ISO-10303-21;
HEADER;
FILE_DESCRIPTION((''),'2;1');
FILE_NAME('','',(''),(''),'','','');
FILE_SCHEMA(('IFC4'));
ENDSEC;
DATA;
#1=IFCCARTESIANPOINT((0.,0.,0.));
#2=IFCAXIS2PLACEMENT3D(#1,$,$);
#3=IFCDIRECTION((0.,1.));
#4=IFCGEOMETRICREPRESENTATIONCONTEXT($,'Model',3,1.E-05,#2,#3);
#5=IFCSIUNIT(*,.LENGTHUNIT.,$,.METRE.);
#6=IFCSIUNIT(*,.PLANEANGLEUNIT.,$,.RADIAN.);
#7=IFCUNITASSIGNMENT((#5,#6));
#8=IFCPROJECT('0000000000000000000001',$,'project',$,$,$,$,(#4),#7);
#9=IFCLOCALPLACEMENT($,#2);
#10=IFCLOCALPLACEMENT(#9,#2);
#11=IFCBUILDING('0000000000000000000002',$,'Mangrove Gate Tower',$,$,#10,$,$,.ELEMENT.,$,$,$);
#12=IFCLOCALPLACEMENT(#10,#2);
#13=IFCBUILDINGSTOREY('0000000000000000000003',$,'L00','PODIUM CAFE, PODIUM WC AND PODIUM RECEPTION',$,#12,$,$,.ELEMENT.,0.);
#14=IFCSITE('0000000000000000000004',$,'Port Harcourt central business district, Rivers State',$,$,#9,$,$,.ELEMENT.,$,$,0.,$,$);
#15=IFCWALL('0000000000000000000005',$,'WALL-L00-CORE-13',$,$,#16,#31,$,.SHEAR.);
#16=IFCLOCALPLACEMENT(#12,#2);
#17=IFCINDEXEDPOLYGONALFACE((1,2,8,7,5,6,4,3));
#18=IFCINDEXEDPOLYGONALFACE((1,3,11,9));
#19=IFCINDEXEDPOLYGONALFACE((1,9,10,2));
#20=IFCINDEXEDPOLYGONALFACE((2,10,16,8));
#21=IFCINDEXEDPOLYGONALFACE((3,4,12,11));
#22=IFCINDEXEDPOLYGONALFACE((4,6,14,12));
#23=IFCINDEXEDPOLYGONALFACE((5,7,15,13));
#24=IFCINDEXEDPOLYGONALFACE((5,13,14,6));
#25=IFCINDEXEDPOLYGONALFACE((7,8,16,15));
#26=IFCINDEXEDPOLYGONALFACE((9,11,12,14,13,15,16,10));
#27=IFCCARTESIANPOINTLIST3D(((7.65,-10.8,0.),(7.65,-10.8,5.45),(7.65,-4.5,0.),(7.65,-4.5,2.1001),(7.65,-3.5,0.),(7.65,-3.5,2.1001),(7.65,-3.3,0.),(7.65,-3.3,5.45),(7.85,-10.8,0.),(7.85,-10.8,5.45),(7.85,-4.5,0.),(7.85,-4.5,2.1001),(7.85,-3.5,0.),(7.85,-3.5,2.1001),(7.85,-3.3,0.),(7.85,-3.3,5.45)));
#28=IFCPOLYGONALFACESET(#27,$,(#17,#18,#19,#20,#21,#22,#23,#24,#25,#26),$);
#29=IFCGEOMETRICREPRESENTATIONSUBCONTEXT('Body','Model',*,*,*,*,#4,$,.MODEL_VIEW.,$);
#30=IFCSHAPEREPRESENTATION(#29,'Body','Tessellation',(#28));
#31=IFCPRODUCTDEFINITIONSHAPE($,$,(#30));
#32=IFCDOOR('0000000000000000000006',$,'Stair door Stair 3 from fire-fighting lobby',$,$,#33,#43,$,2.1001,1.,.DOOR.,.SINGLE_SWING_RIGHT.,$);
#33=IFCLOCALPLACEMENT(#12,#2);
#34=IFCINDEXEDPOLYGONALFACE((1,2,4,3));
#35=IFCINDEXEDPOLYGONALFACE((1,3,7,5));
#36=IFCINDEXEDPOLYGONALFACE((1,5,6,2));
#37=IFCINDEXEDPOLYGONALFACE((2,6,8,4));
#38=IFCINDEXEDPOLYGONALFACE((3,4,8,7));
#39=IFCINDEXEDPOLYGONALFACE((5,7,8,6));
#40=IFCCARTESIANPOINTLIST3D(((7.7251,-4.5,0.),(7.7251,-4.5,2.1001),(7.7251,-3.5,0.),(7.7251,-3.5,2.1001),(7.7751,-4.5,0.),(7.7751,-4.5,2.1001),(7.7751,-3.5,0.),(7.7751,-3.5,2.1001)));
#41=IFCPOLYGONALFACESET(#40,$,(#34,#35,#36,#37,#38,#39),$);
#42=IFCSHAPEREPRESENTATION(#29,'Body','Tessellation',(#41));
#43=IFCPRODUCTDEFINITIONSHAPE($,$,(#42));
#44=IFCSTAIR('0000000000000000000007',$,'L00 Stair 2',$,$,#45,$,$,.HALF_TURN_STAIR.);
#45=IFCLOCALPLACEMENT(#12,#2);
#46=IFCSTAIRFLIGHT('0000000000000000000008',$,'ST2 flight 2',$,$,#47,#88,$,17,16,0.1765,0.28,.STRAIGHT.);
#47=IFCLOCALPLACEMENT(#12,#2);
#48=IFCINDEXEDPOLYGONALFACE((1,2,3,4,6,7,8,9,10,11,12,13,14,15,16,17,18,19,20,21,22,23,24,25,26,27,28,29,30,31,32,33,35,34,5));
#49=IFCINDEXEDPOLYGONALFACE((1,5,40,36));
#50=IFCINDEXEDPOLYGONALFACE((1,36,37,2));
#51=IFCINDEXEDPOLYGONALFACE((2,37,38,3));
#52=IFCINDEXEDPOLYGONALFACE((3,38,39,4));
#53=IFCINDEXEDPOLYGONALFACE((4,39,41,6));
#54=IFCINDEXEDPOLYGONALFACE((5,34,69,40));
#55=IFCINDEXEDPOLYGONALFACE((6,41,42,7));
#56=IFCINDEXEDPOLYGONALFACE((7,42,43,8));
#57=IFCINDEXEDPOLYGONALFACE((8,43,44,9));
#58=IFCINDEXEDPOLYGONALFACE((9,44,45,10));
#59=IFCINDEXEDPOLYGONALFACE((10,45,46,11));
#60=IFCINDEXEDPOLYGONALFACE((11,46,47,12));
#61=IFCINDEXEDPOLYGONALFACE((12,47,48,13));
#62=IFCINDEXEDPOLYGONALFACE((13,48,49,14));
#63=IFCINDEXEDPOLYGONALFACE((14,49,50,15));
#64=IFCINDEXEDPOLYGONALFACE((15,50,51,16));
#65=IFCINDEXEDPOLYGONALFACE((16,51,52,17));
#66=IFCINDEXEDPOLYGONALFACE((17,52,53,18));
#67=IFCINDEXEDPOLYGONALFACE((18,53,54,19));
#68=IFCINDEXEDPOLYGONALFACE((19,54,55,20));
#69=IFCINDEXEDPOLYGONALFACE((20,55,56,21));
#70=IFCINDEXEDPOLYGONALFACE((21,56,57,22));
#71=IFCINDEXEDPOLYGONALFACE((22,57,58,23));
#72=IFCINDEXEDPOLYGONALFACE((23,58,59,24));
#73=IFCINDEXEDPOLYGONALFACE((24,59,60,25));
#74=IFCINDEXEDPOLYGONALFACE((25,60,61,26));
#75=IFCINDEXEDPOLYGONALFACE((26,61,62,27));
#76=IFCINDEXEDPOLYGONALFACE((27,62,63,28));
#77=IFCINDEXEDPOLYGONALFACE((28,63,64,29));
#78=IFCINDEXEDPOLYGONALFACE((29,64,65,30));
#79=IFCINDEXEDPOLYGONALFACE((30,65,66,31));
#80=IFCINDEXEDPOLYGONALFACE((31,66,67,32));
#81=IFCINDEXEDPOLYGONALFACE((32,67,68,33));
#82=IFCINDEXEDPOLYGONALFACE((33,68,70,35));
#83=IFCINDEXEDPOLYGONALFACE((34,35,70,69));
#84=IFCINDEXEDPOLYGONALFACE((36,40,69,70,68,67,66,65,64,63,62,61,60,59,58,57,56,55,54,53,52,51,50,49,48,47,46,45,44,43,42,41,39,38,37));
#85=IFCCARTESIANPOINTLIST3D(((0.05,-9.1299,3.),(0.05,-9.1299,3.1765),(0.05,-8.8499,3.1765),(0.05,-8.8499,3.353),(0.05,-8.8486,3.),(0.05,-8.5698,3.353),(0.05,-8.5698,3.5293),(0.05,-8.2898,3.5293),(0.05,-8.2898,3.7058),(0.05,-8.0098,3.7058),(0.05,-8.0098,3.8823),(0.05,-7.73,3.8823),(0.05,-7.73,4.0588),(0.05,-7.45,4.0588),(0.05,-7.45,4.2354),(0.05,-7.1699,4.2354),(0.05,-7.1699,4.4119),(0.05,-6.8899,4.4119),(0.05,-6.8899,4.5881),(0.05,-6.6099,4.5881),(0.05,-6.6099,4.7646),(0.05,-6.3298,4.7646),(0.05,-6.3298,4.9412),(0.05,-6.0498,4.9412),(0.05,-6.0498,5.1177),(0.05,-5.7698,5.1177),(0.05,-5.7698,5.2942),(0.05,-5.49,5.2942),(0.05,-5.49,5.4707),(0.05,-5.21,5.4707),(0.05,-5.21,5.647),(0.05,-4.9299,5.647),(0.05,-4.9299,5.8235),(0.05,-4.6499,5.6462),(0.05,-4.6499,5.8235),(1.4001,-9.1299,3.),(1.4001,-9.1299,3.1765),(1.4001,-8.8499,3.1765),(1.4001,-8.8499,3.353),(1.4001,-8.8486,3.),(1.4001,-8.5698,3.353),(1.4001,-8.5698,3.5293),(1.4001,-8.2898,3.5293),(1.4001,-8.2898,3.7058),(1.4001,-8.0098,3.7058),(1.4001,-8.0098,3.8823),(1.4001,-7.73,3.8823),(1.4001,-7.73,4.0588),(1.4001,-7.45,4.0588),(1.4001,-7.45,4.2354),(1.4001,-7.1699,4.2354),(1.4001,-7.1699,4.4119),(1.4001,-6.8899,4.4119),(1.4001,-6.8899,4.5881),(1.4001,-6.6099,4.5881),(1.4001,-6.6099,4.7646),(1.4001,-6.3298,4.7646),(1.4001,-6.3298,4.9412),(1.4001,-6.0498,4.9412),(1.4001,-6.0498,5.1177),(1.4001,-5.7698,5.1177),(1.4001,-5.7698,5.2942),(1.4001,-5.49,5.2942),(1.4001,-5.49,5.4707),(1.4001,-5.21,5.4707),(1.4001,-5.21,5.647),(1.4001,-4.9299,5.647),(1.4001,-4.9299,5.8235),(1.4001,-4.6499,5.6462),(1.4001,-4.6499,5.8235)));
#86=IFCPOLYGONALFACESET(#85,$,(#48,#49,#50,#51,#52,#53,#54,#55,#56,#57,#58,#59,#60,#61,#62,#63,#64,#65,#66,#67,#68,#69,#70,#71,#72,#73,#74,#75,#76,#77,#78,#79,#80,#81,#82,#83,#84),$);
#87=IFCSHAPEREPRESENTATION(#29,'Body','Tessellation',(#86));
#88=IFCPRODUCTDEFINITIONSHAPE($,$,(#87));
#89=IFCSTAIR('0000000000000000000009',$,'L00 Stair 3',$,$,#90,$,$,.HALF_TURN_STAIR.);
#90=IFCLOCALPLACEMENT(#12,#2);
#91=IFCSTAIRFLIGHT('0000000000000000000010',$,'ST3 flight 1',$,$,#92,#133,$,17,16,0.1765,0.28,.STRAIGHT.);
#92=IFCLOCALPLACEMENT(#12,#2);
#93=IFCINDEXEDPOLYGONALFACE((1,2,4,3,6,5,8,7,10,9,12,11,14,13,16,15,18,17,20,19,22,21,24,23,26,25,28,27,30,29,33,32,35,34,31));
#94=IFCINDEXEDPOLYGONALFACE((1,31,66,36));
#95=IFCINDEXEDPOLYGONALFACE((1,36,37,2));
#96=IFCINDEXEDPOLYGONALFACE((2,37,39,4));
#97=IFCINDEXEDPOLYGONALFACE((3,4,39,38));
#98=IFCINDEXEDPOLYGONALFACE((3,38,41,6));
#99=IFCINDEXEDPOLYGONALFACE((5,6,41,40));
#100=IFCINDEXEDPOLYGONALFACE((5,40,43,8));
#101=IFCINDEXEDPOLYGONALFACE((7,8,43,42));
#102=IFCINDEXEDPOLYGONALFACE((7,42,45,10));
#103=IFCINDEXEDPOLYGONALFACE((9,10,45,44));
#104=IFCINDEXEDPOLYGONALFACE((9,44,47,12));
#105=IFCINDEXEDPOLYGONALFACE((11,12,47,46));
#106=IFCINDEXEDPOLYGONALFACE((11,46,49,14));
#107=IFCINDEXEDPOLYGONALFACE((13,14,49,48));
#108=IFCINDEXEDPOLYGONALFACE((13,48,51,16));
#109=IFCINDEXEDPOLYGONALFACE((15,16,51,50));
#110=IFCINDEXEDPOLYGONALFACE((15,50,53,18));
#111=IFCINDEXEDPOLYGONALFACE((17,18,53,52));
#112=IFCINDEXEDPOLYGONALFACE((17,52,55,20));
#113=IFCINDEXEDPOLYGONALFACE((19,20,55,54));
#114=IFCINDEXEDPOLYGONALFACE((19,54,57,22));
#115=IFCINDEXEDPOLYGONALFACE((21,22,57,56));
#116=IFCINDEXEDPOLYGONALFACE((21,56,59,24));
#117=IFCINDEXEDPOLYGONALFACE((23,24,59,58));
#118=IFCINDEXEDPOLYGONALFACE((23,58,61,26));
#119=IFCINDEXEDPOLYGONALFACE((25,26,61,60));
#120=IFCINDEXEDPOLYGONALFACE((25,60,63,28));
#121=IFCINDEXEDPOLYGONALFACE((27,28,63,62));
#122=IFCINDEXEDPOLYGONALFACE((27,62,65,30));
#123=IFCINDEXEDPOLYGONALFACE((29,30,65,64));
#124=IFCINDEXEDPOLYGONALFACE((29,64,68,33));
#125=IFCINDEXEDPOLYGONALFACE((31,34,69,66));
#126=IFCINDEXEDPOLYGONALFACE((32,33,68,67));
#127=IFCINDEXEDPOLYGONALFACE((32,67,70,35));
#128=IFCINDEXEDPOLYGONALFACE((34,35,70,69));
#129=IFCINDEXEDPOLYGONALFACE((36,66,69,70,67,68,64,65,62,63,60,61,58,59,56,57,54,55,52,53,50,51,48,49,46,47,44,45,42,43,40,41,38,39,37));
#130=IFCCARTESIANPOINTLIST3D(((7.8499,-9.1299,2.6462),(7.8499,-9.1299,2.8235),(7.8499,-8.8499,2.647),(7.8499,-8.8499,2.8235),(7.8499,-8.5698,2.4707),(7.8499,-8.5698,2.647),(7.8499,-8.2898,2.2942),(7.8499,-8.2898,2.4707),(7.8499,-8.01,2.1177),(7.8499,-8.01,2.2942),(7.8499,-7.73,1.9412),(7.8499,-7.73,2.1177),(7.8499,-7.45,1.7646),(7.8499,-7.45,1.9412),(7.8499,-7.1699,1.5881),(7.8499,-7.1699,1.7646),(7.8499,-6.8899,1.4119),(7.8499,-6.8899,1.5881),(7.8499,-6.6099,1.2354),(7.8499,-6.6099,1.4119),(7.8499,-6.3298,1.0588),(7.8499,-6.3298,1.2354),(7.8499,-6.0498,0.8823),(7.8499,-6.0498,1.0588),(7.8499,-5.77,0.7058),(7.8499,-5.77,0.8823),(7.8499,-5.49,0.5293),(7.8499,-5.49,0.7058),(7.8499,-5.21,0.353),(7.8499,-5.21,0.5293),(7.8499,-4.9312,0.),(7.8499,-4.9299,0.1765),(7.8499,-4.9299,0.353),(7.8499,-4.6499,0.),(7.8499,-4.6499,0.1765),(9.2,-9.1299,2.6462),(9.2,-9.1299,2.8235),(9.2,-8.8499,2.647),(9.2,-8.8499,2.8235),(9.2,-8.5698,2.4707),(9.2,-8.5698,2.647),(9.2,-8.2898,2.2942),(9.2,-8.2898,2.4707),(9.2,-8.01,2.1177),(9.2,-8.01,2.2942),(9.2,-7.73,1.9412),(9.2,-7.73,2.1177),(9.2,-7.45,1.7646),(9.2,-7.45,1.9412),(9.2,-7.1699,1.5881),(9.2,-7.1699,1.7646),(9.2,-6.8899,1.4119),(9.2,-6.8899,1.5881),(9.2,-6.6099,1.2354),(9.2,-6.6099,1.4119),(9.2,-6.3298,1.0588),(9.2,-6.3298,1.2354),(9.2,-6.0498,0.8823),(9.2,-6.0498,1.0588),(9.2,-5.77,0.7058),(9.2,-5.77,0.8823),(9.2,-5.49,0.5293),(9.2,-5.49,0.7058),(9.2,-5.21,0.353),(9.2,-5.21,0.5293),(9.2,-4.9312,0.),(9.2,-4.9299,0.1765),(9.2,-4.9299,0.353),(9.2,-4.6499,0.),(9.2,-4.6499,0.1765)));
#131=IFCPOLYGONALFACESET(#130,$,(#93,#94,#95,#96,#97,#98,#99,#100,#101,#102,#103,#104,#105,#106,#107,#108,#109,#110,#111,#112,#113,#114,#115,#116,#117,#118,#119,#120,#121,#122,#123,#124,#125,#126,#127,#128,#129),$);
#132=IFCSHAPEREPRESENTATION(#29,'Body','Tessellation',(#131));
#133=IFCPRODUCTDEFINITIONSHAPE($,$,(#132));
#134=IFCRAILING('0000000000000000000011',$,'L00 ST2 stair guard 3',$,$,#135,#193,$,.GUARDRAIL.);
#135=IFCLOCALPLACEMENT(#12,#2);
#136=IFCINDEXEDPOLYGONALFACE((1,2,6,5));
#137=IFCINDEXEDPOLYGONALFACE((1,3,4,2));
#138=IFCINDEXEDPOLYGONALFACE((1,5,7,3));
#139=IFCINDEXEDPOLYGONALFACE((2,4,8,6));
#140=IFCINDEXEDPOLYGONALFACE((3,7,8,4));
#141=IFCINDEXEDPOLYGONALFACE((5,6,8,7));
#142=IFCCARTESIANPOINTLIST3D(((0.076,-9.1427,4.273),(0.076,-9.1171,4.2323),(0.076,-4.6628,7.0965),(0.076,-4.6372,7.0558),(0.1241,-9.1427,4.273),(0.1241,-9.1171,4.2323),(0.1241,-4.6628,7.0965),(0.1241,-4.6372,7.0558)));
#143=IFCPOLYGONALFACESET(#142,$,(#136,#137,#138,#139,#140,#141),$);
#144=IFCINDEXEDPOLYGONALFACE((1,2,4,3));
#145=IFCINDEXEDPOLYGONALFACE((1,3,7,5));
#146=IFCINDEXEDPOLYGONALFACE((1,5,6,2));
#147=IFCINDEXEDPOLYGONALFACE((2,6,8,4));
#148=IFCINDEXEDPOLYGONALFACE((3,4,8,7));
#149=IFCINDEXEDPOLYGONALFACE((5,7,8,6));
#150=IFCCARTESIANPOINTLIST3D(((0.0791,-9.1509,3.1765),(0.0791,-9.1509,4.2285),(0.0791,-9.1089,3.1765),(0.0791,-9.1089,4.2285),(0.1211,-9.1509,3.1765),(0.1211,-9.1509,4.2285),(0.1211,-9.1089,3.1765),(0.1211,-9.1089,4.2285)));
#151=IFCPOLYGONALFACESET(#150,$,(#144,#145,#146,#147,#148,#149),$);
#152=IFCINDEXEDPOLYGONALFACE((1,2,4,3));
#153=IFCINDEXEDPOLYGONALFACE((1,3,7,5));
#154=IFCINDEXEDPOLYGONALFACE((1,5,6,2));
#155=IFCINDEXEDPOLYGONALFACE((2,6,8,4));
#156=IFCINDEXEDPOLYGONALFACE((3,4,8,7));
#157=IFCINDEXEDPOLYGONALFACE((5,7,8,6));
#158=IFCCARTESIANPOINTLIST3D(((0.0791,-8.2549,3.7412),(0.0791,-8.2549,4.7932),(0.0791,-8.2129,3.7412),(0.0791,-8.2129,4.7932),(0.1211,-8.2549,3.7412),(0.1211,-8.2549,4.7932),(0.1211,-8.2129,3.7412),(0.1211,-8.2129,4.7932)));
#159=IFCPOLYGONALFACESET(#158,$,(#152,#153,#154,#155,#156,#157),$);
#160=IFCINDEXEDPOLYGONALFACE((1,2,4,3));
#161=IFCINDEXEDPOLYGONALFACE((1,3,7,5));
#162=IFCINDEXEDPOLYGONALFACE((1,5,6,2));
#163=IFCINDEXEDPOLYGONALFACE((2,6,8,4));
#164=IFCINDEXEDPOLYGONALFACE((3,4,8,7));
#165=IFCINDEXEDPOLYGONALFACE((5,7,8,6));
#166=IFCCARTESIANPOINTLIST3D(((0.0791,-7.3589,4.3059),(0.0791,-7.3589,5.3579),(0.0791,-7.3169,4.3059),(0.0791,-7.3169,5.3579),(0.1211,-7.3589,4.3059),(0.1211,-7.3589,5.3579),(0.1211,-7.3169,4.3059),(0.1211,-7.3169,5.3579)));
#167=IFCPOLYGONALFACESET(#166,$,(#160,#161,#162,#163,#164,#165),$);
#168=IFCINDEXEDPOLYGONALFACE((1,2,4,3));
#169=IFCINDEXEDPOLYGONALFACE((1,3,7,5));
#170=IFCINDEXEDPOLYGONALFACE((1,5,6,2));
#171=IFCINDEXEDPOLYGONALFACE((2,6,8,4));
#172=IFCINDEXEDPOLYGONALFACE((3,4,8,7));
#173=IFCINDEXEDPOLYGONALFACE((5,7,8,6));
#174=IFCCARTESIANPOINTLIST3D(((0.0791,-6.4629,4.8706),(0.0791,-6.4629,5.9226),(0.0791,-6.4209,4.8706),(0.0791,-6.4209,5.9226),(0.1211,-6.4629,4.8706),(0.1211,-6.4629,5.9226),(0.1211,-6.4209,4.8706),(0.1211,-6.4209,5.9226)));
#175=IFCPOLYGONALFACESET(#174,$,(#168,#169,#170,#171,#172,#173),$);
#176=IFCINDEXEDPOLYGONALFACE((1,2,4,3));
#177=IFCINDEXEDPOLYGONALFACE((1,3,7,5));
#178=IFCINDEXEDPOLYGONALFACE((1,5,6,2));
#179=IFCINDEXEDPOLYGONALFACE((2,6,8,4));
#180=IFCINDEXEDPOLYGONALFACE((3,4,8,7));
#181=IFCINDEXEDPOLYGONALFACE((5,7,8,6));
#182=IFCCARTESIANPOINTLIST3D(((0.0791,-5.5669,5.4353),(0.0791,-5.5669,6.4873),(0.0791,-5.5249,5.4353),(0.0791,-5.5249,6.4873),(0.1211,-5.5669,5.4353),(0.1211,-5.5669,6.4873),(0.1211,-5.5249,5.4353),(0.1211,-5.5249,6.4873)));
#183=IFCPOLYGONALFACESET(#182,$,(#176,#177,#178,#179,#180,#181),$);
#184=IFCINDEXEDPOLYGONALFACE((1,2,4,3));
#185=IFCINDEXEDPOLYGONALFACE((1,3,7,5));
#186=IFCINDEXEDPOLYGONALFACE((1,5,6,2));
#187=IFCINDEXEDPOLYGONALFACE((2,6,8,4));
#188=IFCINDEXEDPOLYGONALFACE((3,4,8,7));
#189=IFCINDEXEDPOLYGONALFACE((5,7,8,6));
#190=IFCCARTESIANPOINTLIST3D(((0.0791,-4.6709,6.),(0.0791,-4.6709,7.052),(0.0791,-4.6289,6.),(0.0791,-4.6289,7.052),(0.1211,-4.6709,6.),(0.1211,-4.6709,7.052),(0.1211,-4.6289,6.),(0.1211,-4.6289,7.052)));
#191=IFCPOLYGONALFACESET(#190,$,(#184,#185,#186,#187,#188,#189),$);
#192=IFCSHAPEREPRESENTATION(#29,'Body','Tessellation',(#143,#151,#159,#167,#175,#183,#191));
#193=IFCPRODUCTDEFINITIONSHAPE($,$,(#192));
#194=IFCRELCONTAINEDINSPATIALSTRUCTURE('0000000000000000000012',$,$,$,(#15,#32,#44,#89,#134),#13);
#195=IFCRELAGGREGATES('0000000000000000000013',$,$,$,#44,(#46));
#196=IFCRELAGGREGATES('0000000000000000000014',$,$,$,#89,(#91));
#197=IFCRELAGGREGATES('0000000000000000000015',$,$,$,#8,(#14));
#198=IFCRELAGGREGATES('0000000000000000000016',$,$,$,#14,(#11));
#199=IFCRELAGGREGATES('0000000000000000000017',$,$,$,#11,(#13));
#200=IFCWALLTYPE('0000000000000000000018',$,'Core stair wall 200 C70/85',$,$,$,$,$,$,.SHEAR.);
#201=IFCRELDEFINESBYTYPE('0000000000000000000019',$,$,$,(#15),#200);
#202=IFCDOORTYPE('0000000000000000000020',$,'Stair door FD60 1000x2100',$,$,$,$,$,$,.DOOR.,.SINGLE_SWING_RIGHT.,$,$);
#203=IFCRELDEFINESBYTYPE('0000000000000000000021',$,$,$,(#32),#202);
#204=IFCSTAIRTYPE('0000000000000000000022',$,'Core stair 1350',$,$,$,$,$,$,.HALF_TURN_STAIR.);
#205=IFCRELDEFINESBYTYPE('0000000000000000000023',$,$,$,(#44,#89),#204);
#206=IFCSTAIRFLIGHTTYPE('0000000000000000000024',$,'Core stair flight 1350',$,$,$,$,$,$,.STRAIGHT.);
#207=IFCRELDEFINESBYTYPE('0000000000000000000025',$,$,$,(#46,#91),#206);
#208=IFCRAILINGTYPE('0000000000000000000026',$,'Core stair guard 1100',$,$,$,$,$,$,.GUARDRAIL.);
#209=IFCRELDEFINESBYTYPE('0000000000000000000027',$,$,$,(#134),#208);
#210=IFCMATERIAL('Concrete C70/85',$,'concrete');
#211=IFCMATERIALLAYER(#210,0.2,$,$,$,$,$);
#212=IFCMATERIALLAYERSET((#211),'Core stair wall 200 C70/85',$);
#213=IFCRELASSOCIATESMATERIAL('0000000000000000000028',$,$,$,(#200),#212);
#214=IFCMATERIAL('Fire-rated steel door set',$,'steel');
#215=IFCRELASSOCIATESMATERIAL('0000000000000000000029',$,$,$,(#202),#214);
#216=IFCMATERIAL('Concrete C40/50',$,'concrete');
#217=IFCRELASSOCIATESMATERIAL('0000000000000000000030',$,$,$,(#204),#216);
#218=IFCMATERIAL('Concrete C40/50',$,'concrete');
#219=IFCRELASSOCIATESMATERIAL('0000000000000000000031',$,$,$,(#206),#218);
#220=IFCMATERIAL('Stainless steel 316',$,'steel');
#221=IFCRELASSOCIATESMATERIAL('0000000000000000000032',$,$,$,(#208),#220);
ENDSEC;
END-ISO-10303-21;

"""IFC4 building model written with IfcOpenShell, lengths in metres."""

from ifc_helpers import new_model, si_unit, direction, frame, frame_2d, origin, origin_2d, place, context, subcontext, project, spatial, polyline, rectangle, outline, extrude, material, layer, layer_set, type_object, element, fill, aggregate, save


model = new_model("IFC4")

# Units and contexts
model_context = context("Model", 3, precision=1e-05, world=origin(), true_north=direction((0.0, 1.0)))
body_context = subcontext(model_context, "Body", "Model", "MODEL_VIEW")
ifc_project = project(units=[si_unit("LENGTHUNIT", "METRE"), si_unit("PLANEANGLEUNIT", "RADIAN")], contexts=[model_context])

# Site, building, storey
site_placement = place(None, origin())
site = spatial("IfcSite", under=ifc_project, at=site_placement, Name="Port Harcourt central business district, Rivers State", CompositionType="ELEMENT", RefElevation=0.0)
building_placement = place(site_placement, origin())
building = spatial("IfcBuilding", under=site, at=building_placement, Name="Mangrove Gate Tower", CompositionType="ELEMENT")
storey_placement = place(building_placement, origin())
storey = spatial("IfcBuildingStorey", under=building, at=storey_placement, Name="L00", Description="PODIUM CAFE, PODIUM WC AND PODIUM RECEPTION", CompositionType="ELEMENT", Elevation=0.0)

# Wall, opening, door
ifc_material_1 = material(Name="Concrete C70/85", Category="concrete")
ifc_layer_1 = layer(ifc_material_1, 0.2)
ifc_layer_set_1 = layer_set([ifc_layer_1], Name="Core stair wall 200 C70/85")
wall_type_1 = type_object("IfcWallType", Name="Core stair wall 200 C70/85", PredefinedType="SHEAR", material=ifc_layer_set_1)
ifc_material_2 = material(Name="Fire-rated steel door set", Category="steel")
door_type_1 = type_object("IfcDoorType", Name="Stair door FD60 1000x2100", OperationType="SINGLE_SWING_RIGHT", PredefinedType="DOOR", material=ifc_material_2)
wall_1_placement = place(storey_placement, frame((7.75, -10.8, 0.0), z_axis=(0.0, 0.0, 1.0), x_axis=(0.0, 1.0, 0.0)))
wall_1 = element("IfcWall", 1, at=wall_1_placement, inside=storey, type_object=wall_type_1, Name="WALL-L00-CORE-13", PredefinedType="SHEAR", context=body_context, shape_type="SweptSolid", body=[
    extrude(rectangle(XDim=7.5, YDim=0.2, at=frame_2d((3.75, 0.0))), origin(), (0.0, 0.0, 1.0), 5.45),
])
opening_1_placement = place(wall_1_placement, frame((6.3, 0.0, 0.0)))
opening_1 = element("IfcOpeningElement", 2, at=opening_1_placement, cuts=wall_1, PredefinedType="OPENING", context=body_context, shape_type="SweptSolid", body=[
    extrude(rectangle(XDim=1.0, YDim=2.1001, at=frame_2d((0.5, 1.05))), frame((0.0, 0.1099, 0.0), z_axis=(0.0, -1.0, 0.0), x_axis=(1.0, 0.0, 0.0)), (0.0, 0.0, 1.0), 0.22),
])
door_1_placement = place(opening_1_placement, origin())
door_1 = element("IfcDoor", 3, at=door_1_placement, inside=storey, type_object=door_type_1, Name="Stair door Stair 3 from fire-fighting lobby", OperationType="SINGLE_SWING_RIGHT", OverallHeight=2.1001, OverallWidth=1.0, PredefinedType="DOOR", context=body_context, shape_type="SweptSolid", body=[
    extrude(rectangle(XDim=1.0, YDim=2.1001, at=frame_2d((0.5, 1.05))), frame((0.0, 0.0249, 0.0), z_axis=(0.0, -1.0, 0.0), x_axis=(1.0, 0.0, 0.0)), (0.0, 0.0, 1.0), 0.05),
])
fill(opening_1, door_1)

# Stairs, stair flights
ifc_material_3 = material(Name="Concrete C40/50", Category="concrete")
stair_type = type_object("IfcStairType", Name="Core stair 1350", PredefinedType="HALF_TURN_STAIR", material=ifc_material_3)
stair_1_placement = place(storey_placement, origin())
stair_1 = element("IfcStair", 4, at=stair_1_placement, inside=storey, type_object=stair_type, Name="L00 Stair 2", PredefinedType="HALF_TURN_STAIR")
ifc_material_4 = material(Name="Concrete C40/50", Category="concrete")
stair_flight_type = type_object("IfcStairFlightType", Name="Core stair flight 1350", PredefinedType="STRAIGHT", material=ifc_material_4)
stair_flight_1_placement = place(storey_placement, frame((0.7251, -9.1299, 3.0), z_axis=(0.0, 0.0, 1.0), x_axis=(0.0, 1.0, 0.0)))
stair_flight_1 = element("IfcStairFlight", 5, at=stair_flight_1_placement, type_object=stair_flight_type, Name="ST2 flight 2", NumberOfRisers=17, NumberOfTreads=16, PredefinedType="STRAIGHT", RiserHeight=0.1765, TreadLength=0.28, context=body_context, shape_type="SweptSolid", body=[
    extrude(outline(polyline([(0.0, 0.0), (0.0, 0.1765), (0.28, 0.1765), (0.28, 0.353), (0.5601, 0.353), (0.5601, 0.5293), (0.8401, 0.5293), (0.8401, 0.7058), (1.1201, 0.7058), (1.1201, 0.8823), (1.3999, 0.8823), (1.3999, 1.0588), (1.6799, 1.0588), (1.6799, 1.2354), (1.96, 1.2354), (1.96, 1.4119), (2.24, 1.4119), (2.24, 1.5881), (2.52, 1.5881), (2.52, 1.7646), (2.8, 1.7646), (2.8, 1.9412), (3.0801, 1.9412), (3.0801, 2.1177), (3.3601, 2.1177), (3.3601, 2.2942), (3.6399, 2.2942), (3.6399, 2.4707), (3.9199, 2.4707), (3.9199, 2.647), (4.2, 2.647), (4.2, 2.8235), (4.48, 2.8235), (4.48, 3.0), (4.48, 2.6462), (0.2812, 0.0), (0.0, 0.0)])), frame((0.0, 0.675, 0.0), z_axis=(0.0, -1.0, 0.0), x_axis=(1.0, 0.0, 0.0)), (0.0, 0.0, 1.0), 1.3501),
])
aggregate(stair_1, [stair_flight_1])
stair_2_placement = place(storey_placement, origin())
stair_2 = element("IfcStair", 6, at=stair_2_placement, inside=storey, type_object=stair_type, Name="L00 Stair 3", PredefinedType="HALF_TURN_STAIR")
stair_flight_2_placement = place(storey_placement, frame((8.5249, -4.6499, 0.0), z_axis=(0.0, 0.0, 1.0), x_axis=(0.0, -1.0, 0.0)))
stair_flight_2 = element("IfcStairFlight", 7, at=stair_flight_2_placement, type_object=stair_flight_type, Name="ST3 flight 1", NumberOfRisers=17, NumberOfTreads=16, PredefinedType="STRAIGHT", RiserHeight=0.1765, TreadLength=0.28, context=body_context, shape_type="SweptSolid", body=[
    extrude(outline(polyline([(0.0, 0.0), (0.0, 0.1765), (0.28, 0.1765), (0.28, 0.353), (0.5601, 0.353), (0.5601, 0.5293), (0.8401, 0.5293), (0.8401, 0.7058), (1.1201, 0.7058), (1.1201, 0.8823), (1.3999, 0.8823), (1.3999, 1.0588), (1.6799, 1.0588), (1.6799, 1.2354), (1.96, 1.2354), (1.96, 1.4119), (2.24, 1.4119), (2.24, 1.5881), (2.52, 1.5881), (2.52, 1.7646), (2.8, 1.7646), (2.8, 1.9412), (3.0801, 1.9412), (3.0801, 2.1177), (3.3601, 2.1177), (3.3601, 2.2942), (3.6399, 2.2942), (3.6399, 2.4707), (3.9199, 2.4707), (3.9199, 2.647), (4.2, 2.647), (4.2, 2.8235), (4.48, 2.8235), (4.48, 3.0), (4.48, 2.6462), (0.2812, 0.0), (0.0, 0.0)])), frame((0.0, 0.675, 0.0), z_axis=(0.0, -1.0, 0.0), x_axis=(1.0, 0.0, 0.0)), (0.0, 0.0, 1.0), 1.3501),
])
aggregate(stair_2, [stair_flight_2])

# Railing
ifc_material_5 = material(Name="Stainless steel 316", Category="steel")
railing_type_1 = type_object("IfcRailingType", Name="Core stair guard 1100", PredefinedType="GUARDRAIL", material=ifc_material_5)
railing_1_placement = place(storey_placement, frame((0.1001, -9.1299, 3.1765)))
element("IfcRailing", 8, at=railing_1_placement, inside=storey, type_object=railing_type_1, Name="L00 ST2 stair guard 3", PredefinedType="GUARDRAIL", context=body_context, shape_type="SweptSolid", body=[
    extrude(rectangle(XDim=0.0481, YDim=0.0481, at=origin_2d()), frame((0.0, 0.0, 1.0762), z_axis=(0.0, 0.845998, 0.533186), x_axis=(-1.0, 0.0, 0.0)), (0.0, 0.0, 1.0), 5.2954),
    extrude(rectangle(XDim=0.042, YDim=0.042, at=origin_2d()), origin(), (0.0, 0.0, 1.0), 1.052),
    extrude(rectangle(XDim=0.042, YDim=0.042, at=origin_2d()), frame((0.0, 0.896, 0.5647)), (0.0, 0.0, 1.0), 1.052),
    extrude(rectangle(XDim=0.042, YDim=0.042, at=origin_2d()), frame((0.0, 1.792, 1.1294)), (0.0, 0.0, 1.0), 1.052),
    extrude(rectangle(XDim=0.042, YDim=0.042, at=origin_2d()), frame((0.0, 2.688, 1.6941)), (0.0, 0.0, 1.0), 1.052),
    extrude(rectangle(XDim=0.042, YDim=0.042, at=origin_2d()), frame((0.0, 3.584, 2.2588)), (0.0, 0.0, 1.0), 1.052),
    extrude(rectangle(XDim=0.042, YDim=0.042, at=origin_2d()), frame((0.0, 4.48, 2.8235)), (0.0, 0.0, 1.0), 1.052),
])

save(model, "model.ifc")
